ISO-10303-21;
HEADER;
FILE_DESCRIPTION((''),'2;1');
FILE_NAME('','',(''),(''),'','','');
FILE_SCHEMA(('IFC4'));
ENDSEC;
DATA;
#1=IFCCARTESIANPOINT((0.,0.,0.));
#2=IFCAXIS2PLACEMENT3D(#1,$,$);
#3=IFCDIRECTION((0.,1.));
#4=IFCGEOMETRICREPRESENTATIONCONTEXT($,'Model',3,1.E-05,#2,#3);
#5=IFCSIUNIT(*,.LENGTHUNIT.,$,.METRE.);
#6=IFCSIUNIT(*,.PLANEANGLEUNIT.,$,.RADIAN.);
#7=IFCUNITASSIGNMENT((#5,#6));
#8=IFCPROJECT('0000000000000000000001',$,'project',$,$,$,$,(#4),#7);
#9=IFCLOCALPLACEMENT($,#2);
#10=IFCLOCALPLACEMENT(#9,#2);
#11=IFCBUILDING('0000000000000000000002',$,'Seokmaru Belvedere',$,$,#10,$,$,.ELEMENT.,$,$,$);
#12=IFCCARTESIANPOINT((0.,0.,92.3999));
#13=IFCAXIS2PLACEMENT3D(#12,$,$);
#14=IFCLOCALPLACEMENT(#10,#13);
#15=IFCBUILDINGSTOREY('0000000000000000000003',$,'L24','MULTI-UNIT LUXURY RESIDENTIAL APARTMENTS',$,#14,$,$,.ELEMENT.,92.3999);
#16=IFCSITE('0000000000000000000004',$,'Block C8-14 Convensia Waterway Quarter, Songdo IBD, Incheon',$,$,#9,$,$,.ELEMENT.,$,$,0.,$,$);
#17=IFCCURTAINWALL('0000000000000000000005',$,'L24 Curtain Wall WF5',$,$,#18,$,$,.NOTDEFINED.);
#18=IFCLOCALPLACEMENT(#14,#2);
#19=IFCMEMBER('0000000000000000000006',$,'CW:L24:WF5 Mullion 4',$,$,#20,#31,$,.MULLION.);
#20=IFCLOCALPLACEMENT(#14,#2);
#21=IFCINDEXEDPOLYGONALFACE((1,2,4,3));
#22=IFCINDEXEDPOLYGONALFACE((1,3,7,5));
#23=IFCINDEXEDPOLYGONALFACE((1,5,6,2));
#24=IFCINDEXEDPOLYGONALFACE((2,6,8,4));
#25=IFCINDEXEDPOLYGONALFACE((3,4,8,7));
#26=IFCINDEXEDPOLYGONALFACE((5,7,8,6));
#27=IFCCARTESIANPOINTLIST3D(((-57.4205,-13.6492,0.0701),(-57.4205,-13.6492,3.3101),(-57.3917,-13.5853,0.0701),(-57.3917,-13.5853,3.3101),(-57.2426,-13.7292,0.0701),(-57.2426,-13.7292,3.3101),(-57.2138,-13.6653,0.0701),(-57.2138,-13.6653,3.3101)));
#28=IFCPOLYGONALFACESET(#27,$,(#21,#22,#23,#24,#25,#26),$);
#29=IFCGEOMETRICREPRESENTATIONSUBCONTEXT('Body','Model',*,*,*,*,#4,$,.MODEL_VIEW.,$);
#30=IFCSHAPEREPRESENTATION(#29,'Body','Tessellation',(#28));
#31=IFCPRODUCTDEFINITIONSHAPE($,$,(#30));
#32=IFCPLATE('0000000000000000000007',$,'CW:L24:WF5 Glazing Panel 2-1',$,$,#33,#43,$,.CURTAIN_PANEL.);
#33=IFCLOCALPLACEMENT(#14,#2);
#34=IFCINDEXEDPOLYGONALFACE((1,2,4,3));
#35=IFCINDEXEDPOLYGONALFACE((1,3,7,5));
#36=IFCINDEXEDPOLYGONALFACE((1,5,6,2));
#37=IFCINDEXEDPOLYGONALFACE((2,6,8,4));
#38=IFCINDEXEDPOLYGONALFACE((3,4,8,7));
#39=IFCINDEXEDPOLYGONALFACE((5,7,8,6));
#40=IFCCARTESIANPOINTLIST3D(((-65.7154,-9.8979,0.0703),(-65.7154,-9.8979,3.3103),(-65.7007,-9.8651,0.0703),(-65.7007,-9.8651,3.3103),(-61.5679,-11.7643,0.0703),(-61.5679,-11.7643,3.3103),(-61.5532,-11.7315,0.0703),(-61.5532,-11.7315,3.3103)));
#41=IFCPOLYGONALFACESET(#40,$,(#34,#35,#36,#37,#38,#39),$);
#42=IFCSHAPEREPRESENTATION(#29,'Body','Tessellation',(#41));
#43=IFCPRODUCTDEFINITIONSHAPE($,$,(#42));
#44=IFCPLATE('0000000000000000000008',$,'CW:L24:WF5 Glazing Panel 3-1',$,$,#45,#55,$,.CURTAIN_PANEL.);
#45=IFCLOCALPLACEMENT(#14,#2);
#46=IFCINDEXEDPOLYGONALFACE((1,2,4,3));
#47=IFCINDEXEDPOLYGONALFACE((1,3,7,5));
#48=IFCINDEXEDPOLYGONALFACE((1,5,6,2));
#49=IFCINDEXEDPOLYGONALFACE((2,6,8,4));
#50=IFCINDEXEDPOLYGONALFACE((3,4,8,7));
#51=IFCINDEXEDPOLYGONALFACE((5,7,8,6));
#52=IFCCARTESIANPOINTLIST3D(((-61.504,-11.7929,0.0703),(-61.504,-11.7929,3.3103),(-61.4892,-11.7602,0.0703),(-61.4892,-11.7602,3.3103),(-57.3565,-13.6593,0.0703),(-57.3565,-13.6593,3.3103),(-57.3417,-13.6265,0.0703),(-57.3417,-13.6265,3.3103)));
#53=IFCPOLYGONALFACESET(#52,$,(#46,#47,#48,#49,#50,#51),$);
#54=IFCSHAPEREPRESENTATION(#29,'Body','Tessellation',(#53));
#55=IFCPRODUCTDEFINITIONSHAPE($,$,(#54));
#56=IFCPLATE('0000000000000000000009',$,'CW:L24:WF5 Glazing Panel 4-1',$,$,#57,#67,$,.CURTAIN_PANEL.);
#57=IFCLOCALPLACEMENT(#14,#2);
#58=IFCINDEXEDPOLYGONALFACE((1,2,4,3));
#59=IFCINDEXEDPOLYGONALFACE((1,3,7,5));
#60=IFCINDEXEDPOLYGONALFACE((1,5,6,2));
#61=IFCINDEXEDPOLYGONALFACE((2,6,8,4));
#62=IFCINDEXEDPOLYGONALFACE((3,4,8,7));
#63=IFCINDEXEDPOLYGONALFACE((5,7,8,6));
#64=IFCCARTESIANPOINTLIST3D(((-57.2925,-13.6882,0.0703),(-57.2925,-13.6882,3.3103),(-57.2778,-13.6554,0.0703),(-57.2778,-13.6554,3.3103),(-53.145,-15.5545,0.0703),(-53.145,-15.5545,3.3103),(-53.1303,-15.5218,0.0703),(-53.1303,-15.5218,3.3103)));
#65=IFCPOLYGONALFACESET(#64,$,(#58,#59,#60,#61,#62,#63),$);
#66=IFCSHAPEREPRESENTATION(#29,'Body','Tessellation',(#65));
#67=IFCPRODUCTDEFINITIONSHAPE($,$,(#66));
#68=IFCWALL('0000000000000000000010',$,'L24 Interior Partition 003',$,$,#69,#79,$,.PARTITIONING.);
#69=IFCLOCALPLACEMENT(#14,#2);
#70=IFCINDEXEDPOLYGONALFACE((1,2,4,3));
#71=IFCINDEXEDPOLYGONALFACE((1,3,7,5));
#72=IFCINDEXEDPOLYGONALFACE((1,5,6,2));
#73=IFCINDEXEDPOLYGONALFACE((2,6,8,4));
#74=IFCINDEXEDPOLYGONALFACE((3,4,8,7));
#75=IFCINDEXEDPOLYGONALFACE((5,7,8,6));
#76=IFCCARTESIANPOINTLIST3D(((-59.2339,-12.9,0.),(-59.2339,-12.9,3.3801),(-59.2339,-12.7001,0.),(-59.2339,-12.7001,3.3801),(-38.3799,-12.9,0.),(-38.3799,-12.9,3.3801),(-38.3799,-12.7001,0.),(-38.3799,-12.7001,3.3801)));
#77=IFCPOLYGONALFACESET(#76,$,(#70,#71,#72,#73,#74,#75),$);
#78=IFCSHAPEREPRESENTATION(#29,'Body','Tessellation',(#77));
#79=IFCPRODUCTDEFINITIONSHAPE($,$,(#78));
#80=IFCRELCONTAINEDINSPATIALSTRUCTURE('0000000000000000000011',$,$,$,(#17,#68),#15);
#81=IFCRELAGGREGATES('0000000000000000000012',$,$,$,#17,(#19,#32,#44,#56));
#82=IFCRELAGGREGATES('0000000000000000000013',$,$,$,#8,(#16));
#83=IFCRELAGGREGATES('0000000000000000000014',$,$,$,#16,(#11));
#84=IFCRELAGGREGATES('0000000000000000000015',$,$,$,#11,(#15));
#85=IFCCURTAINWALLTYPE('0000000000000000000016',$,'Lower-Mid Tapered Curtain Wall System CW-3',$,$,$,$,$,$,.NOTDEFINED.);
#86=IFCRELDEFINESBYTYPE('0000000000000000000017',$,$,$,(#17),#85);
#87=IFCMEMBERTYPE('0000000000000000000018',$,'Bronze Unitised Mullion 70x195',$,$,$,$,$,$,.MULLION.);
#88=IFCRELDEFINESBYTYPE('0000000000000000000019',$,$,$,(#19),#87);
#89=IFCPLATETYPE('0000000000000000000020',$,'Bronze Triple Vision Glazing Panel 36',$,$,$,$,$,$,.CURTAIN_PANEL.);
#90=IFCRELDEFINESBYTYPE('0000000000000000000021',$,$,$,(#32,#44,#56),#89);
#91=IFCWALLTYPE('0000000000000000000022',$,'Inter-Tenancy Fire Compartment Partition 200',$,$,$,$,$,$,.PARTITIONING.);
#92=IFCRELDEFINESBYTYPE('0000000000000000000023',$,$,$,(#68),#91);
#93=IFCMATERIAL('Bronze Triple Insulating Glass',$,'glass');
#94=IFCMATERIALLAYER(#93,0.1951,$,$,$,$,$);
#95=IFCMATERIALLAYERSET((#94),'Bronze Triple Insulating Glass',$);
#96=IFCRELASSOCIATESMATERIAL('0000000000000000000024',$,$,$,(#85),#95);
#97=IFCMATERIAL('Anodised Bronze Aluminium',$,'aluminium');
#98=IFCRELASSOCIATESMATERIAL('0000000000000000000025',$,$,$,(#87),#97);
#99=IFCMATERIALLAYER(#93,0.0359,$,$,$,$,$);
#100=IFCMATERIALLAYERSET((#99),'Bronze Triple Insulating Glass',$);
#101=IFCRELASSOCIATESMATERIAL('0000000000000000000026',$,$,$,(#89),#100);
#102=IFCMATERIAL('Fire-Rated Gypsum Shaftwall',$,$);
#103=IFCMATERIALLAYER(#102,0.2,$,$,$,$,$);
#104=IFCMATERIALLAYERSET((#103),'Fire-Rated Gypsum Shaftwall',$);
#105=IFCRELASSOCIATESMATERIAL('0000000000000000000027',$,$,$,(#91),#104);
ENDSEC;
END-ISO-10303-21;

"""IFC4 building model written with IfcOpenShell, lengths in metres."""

from ifc_helpers import new_model, si_unit, direction, frame, frame_2d, origin, origin_2d, place, context, subcontext, project, spatial, rectangle, extrude, source, transform, mapped, material, layer, layer_set, material_profile, profile_set, type_object, type_shapes, element, aggregate, save


model = new_model("IFC4")

# Units and contexts
model_context = context("Model", 3, precision=1e-05, world=origin(), true_north=direction((0.0, 1.0)))
body_context = subcontext(model_context, "Body", "Model", "MODEL_VIEW")
ifc_project = project(units=[si_unit("LENGTHUNIT", "METRE"), si_unit("PLANEANGLEUNIT", "RADIAN")], contexts=[model_context])

# Site, building, storey
site_placement = place(None, origin())
site = spatial("IfcSite", under=ifc_project, at=site_placement, Name="Block C8-14 Convensia Waterway Quarter, Songdo IBD, Incheon", CompositionType="ELEMENT", RefElevation=0.0)
building_placement = place(site_placement, origin())
building = spatial("IfcBuilding", under=site, at=building_placement, Name="Seokmaru Belvedere", CompositionType="ELEMENT")
storey_placement = place(building_placement, frame((0.0, 0.0, 92.3999)))
storey = spatial("IfcBuildingStorey", under=building, at=storey_placement, Name="L24", Description="MULTI-UNIT LUXURY RESIDENTIAL APARTMENTS", CompositionType="ELEMENT", Elevation=92.3999)

# Curtain wall, member, plates
ifc_material_1 = material(Name="Bronze Triple Insulating Glass", Category="glass")
ifc_layer_1 = layer(ifc_material_1, 0.1951)
ifc_layer_set_1 = layer_set([ifc_layer_1], Name="Bronze Triple Insulating Glass")
curtain_wall_type = type_object("IfcCurtainWallType", Name="Lower-Mid Tapered Curtain Wall System CW-3", PredefinedType="NOTDEFINED", material=ifc_layer_set_1)
curtain_wall_placement = place(storey_placement, origin())
curtain_wall = element("IfcCurtainWall", 1, at=curtain_wall_placement, inside=storey, type_object=curtain_wall_type, Name="L24 Curtain Wall WF5", PredefinedType="NOTDEFINED")
ifc_material_2 = material(Name="Anodised Bronze Aluminium", Category="aluminium")
ifc_material_profile_1 = material_profile(ifc_material_2, rectangle(XDim=0.0701, YDim=0.1951, at=origin_2d()), Name="CW-M-70x195")
ifc_profile_set_1 = profile_set([ifc_material_profile_1], Name="Anodised Bronze Aluminium")
member_type = type_object("IfcMemberType", Name="Bronze Unitised Mullion 70x195", PredefinedType="MULLION", material=ifc_profile_set_1)
shared_shape_1 = source(origin(), body_context, "Body", "SweptSolid", [
    extrude(rectangle(XDim=0.0701, YDim=0.1951, at=origin_2d()), origin(), (0.0, 0.0, 1.0), 3.24),
])
type_shapes(member_type, [shared_shape_1])
member_1_placement = place(storey_placement, frame((-57.3171, -13.6572, 0.0701), z_axis=(0.0, 0.0, 1.0), x_axis=(0.410366, 0.911921, 0.0)))
member_1 = element("IfcMember", 2, at=member_1_placement, type_object=member_type, Name="CW:L24:WF5 Mullion 4", PredefinedType="MULLION", context=body_context, shape_type="MappedRepresentation", body=[
    mapped(shared_shape_1, transform((0.0, 0.0, 0.0), scale=1.0)),
])
ifc_layer_2 = layer(ifc_material_1, 0.0359)
ifc_layer_set_2 = layer_set([ifc_layer_2], Name="Bronze Triple Insulating Glass")
plate_type = type_object("IfcPlateType", Name="Bronze Triple Vision Glazing Panel 36", PredefinedType="CURTAIN_PANEL", material=ifc_layer_set_2)
shared_shape_2 = source(origin(), body_context, "Body", "SweptSolid", [
    extrude(rectangle(XDim=4.5481, YDim=0.0359, at=origin_2d()), origin(), (0.0, 0.0, 1.0), 3.24),
])
type_shapes(plate_type, [shared_shape_2])
plate_1_placement = place(storey_placement, frame((-63.6343, -10.8147, 0.0703), z_axis=(0.0, 0.0, 1.0), x_axis=(0.911921, -0.410366, 0.0)))
plate_1 = element("IfcPlate", 3, at=plate_1_placement, type_object=plate_type, Name="CW:L24:WF5 Glazing Panel 2-1", PredefinedType="CURTAIN_PANEL", context=body_context, shape_type="MappedRepresentation", body=[
    mapped(shared_shape_2, transform((0.0, 0.0, 0.0), scale=1.0)),
])
plate_2_placement = place(storey_placement, frame((-59.4229, -12.7097, 0.0703), z_axis=(0.0, 0.0, 1.0), x_axis=(0.911921, -0.410366, 0.0)))
plate_2 = element("IfcPlate", 4, at=plate_2_placement, type_object=plate_type, Name="CW:L24:WF5 Glazing Panel 3-1", PredefinedType="CURTAIN_PANEL", context=body_context, shape_type="MappedRepresentation", body=[
    mapped(shared_shape_2, transform((0.0, 0.0, 0.0), scale=1.0)),
])
plate_3_placement = place(storey_placement, frame((-55.2114, -14.605, 0.0703), z_axis=(0.0, 0.0, 1.0), x_axis=(0.911921, -0.410366, 0.0)))
plate_3 = element("IfcPlate", 5, at=plate_3_placement, type_object=plate_type, Name="CW:L24:WF5 Glazing Panel 4-1", PredefinedType="CURTAIN_PANEL", context=body_context, shape_type="MappedRepresentation", body=[
    mapped(shared_shape_2, transform((0.0, 0.0, 0.0), scale=1.0)),
])
aggregate(curtain_wall, [member_1, plate_1, plate_2, plate_3])

# Shared definitions
ifc_material_3 = material(Name="Fire-Rated Gypsum Shaftwall")

# Wall
ifc_layer_3 = layer(ifc_material_3, 0.2)
ifc_layer_set_3 = layer_set([ifc_layer_3], Name="Fire-Rated Gypsum Shaftwall")
wall_type_1 = type_object("IfcWallType", Name="Inter-Tenancy Fire Compartment Partition 200", PredefinedType="PARTITIONING", material=ifc_layer_set_3)
wall_1_placement = place(storey_placement, frame((-59.2339, -12.8, 0.0), z_axis=(0.0, 0.0, 1.0), x_axis=(1.0, 0.0, 0.0)))
element("IfcWall", 6, at=wall_1_placement, inside=storey, type_object=wall_type_1, Name="L24 Interior Partition 003", PredefinedType="PARTITIONING", context=body_context, shape_type="SweptSolid", body=[
    extrude(rectangle(XDim=20.854, YDim=0.2, at=frame_2d((10.427, 0.0))), origin(), (0.0, 0.0, 1.0), 3.3801),
])

save(model, "model.ifc")
